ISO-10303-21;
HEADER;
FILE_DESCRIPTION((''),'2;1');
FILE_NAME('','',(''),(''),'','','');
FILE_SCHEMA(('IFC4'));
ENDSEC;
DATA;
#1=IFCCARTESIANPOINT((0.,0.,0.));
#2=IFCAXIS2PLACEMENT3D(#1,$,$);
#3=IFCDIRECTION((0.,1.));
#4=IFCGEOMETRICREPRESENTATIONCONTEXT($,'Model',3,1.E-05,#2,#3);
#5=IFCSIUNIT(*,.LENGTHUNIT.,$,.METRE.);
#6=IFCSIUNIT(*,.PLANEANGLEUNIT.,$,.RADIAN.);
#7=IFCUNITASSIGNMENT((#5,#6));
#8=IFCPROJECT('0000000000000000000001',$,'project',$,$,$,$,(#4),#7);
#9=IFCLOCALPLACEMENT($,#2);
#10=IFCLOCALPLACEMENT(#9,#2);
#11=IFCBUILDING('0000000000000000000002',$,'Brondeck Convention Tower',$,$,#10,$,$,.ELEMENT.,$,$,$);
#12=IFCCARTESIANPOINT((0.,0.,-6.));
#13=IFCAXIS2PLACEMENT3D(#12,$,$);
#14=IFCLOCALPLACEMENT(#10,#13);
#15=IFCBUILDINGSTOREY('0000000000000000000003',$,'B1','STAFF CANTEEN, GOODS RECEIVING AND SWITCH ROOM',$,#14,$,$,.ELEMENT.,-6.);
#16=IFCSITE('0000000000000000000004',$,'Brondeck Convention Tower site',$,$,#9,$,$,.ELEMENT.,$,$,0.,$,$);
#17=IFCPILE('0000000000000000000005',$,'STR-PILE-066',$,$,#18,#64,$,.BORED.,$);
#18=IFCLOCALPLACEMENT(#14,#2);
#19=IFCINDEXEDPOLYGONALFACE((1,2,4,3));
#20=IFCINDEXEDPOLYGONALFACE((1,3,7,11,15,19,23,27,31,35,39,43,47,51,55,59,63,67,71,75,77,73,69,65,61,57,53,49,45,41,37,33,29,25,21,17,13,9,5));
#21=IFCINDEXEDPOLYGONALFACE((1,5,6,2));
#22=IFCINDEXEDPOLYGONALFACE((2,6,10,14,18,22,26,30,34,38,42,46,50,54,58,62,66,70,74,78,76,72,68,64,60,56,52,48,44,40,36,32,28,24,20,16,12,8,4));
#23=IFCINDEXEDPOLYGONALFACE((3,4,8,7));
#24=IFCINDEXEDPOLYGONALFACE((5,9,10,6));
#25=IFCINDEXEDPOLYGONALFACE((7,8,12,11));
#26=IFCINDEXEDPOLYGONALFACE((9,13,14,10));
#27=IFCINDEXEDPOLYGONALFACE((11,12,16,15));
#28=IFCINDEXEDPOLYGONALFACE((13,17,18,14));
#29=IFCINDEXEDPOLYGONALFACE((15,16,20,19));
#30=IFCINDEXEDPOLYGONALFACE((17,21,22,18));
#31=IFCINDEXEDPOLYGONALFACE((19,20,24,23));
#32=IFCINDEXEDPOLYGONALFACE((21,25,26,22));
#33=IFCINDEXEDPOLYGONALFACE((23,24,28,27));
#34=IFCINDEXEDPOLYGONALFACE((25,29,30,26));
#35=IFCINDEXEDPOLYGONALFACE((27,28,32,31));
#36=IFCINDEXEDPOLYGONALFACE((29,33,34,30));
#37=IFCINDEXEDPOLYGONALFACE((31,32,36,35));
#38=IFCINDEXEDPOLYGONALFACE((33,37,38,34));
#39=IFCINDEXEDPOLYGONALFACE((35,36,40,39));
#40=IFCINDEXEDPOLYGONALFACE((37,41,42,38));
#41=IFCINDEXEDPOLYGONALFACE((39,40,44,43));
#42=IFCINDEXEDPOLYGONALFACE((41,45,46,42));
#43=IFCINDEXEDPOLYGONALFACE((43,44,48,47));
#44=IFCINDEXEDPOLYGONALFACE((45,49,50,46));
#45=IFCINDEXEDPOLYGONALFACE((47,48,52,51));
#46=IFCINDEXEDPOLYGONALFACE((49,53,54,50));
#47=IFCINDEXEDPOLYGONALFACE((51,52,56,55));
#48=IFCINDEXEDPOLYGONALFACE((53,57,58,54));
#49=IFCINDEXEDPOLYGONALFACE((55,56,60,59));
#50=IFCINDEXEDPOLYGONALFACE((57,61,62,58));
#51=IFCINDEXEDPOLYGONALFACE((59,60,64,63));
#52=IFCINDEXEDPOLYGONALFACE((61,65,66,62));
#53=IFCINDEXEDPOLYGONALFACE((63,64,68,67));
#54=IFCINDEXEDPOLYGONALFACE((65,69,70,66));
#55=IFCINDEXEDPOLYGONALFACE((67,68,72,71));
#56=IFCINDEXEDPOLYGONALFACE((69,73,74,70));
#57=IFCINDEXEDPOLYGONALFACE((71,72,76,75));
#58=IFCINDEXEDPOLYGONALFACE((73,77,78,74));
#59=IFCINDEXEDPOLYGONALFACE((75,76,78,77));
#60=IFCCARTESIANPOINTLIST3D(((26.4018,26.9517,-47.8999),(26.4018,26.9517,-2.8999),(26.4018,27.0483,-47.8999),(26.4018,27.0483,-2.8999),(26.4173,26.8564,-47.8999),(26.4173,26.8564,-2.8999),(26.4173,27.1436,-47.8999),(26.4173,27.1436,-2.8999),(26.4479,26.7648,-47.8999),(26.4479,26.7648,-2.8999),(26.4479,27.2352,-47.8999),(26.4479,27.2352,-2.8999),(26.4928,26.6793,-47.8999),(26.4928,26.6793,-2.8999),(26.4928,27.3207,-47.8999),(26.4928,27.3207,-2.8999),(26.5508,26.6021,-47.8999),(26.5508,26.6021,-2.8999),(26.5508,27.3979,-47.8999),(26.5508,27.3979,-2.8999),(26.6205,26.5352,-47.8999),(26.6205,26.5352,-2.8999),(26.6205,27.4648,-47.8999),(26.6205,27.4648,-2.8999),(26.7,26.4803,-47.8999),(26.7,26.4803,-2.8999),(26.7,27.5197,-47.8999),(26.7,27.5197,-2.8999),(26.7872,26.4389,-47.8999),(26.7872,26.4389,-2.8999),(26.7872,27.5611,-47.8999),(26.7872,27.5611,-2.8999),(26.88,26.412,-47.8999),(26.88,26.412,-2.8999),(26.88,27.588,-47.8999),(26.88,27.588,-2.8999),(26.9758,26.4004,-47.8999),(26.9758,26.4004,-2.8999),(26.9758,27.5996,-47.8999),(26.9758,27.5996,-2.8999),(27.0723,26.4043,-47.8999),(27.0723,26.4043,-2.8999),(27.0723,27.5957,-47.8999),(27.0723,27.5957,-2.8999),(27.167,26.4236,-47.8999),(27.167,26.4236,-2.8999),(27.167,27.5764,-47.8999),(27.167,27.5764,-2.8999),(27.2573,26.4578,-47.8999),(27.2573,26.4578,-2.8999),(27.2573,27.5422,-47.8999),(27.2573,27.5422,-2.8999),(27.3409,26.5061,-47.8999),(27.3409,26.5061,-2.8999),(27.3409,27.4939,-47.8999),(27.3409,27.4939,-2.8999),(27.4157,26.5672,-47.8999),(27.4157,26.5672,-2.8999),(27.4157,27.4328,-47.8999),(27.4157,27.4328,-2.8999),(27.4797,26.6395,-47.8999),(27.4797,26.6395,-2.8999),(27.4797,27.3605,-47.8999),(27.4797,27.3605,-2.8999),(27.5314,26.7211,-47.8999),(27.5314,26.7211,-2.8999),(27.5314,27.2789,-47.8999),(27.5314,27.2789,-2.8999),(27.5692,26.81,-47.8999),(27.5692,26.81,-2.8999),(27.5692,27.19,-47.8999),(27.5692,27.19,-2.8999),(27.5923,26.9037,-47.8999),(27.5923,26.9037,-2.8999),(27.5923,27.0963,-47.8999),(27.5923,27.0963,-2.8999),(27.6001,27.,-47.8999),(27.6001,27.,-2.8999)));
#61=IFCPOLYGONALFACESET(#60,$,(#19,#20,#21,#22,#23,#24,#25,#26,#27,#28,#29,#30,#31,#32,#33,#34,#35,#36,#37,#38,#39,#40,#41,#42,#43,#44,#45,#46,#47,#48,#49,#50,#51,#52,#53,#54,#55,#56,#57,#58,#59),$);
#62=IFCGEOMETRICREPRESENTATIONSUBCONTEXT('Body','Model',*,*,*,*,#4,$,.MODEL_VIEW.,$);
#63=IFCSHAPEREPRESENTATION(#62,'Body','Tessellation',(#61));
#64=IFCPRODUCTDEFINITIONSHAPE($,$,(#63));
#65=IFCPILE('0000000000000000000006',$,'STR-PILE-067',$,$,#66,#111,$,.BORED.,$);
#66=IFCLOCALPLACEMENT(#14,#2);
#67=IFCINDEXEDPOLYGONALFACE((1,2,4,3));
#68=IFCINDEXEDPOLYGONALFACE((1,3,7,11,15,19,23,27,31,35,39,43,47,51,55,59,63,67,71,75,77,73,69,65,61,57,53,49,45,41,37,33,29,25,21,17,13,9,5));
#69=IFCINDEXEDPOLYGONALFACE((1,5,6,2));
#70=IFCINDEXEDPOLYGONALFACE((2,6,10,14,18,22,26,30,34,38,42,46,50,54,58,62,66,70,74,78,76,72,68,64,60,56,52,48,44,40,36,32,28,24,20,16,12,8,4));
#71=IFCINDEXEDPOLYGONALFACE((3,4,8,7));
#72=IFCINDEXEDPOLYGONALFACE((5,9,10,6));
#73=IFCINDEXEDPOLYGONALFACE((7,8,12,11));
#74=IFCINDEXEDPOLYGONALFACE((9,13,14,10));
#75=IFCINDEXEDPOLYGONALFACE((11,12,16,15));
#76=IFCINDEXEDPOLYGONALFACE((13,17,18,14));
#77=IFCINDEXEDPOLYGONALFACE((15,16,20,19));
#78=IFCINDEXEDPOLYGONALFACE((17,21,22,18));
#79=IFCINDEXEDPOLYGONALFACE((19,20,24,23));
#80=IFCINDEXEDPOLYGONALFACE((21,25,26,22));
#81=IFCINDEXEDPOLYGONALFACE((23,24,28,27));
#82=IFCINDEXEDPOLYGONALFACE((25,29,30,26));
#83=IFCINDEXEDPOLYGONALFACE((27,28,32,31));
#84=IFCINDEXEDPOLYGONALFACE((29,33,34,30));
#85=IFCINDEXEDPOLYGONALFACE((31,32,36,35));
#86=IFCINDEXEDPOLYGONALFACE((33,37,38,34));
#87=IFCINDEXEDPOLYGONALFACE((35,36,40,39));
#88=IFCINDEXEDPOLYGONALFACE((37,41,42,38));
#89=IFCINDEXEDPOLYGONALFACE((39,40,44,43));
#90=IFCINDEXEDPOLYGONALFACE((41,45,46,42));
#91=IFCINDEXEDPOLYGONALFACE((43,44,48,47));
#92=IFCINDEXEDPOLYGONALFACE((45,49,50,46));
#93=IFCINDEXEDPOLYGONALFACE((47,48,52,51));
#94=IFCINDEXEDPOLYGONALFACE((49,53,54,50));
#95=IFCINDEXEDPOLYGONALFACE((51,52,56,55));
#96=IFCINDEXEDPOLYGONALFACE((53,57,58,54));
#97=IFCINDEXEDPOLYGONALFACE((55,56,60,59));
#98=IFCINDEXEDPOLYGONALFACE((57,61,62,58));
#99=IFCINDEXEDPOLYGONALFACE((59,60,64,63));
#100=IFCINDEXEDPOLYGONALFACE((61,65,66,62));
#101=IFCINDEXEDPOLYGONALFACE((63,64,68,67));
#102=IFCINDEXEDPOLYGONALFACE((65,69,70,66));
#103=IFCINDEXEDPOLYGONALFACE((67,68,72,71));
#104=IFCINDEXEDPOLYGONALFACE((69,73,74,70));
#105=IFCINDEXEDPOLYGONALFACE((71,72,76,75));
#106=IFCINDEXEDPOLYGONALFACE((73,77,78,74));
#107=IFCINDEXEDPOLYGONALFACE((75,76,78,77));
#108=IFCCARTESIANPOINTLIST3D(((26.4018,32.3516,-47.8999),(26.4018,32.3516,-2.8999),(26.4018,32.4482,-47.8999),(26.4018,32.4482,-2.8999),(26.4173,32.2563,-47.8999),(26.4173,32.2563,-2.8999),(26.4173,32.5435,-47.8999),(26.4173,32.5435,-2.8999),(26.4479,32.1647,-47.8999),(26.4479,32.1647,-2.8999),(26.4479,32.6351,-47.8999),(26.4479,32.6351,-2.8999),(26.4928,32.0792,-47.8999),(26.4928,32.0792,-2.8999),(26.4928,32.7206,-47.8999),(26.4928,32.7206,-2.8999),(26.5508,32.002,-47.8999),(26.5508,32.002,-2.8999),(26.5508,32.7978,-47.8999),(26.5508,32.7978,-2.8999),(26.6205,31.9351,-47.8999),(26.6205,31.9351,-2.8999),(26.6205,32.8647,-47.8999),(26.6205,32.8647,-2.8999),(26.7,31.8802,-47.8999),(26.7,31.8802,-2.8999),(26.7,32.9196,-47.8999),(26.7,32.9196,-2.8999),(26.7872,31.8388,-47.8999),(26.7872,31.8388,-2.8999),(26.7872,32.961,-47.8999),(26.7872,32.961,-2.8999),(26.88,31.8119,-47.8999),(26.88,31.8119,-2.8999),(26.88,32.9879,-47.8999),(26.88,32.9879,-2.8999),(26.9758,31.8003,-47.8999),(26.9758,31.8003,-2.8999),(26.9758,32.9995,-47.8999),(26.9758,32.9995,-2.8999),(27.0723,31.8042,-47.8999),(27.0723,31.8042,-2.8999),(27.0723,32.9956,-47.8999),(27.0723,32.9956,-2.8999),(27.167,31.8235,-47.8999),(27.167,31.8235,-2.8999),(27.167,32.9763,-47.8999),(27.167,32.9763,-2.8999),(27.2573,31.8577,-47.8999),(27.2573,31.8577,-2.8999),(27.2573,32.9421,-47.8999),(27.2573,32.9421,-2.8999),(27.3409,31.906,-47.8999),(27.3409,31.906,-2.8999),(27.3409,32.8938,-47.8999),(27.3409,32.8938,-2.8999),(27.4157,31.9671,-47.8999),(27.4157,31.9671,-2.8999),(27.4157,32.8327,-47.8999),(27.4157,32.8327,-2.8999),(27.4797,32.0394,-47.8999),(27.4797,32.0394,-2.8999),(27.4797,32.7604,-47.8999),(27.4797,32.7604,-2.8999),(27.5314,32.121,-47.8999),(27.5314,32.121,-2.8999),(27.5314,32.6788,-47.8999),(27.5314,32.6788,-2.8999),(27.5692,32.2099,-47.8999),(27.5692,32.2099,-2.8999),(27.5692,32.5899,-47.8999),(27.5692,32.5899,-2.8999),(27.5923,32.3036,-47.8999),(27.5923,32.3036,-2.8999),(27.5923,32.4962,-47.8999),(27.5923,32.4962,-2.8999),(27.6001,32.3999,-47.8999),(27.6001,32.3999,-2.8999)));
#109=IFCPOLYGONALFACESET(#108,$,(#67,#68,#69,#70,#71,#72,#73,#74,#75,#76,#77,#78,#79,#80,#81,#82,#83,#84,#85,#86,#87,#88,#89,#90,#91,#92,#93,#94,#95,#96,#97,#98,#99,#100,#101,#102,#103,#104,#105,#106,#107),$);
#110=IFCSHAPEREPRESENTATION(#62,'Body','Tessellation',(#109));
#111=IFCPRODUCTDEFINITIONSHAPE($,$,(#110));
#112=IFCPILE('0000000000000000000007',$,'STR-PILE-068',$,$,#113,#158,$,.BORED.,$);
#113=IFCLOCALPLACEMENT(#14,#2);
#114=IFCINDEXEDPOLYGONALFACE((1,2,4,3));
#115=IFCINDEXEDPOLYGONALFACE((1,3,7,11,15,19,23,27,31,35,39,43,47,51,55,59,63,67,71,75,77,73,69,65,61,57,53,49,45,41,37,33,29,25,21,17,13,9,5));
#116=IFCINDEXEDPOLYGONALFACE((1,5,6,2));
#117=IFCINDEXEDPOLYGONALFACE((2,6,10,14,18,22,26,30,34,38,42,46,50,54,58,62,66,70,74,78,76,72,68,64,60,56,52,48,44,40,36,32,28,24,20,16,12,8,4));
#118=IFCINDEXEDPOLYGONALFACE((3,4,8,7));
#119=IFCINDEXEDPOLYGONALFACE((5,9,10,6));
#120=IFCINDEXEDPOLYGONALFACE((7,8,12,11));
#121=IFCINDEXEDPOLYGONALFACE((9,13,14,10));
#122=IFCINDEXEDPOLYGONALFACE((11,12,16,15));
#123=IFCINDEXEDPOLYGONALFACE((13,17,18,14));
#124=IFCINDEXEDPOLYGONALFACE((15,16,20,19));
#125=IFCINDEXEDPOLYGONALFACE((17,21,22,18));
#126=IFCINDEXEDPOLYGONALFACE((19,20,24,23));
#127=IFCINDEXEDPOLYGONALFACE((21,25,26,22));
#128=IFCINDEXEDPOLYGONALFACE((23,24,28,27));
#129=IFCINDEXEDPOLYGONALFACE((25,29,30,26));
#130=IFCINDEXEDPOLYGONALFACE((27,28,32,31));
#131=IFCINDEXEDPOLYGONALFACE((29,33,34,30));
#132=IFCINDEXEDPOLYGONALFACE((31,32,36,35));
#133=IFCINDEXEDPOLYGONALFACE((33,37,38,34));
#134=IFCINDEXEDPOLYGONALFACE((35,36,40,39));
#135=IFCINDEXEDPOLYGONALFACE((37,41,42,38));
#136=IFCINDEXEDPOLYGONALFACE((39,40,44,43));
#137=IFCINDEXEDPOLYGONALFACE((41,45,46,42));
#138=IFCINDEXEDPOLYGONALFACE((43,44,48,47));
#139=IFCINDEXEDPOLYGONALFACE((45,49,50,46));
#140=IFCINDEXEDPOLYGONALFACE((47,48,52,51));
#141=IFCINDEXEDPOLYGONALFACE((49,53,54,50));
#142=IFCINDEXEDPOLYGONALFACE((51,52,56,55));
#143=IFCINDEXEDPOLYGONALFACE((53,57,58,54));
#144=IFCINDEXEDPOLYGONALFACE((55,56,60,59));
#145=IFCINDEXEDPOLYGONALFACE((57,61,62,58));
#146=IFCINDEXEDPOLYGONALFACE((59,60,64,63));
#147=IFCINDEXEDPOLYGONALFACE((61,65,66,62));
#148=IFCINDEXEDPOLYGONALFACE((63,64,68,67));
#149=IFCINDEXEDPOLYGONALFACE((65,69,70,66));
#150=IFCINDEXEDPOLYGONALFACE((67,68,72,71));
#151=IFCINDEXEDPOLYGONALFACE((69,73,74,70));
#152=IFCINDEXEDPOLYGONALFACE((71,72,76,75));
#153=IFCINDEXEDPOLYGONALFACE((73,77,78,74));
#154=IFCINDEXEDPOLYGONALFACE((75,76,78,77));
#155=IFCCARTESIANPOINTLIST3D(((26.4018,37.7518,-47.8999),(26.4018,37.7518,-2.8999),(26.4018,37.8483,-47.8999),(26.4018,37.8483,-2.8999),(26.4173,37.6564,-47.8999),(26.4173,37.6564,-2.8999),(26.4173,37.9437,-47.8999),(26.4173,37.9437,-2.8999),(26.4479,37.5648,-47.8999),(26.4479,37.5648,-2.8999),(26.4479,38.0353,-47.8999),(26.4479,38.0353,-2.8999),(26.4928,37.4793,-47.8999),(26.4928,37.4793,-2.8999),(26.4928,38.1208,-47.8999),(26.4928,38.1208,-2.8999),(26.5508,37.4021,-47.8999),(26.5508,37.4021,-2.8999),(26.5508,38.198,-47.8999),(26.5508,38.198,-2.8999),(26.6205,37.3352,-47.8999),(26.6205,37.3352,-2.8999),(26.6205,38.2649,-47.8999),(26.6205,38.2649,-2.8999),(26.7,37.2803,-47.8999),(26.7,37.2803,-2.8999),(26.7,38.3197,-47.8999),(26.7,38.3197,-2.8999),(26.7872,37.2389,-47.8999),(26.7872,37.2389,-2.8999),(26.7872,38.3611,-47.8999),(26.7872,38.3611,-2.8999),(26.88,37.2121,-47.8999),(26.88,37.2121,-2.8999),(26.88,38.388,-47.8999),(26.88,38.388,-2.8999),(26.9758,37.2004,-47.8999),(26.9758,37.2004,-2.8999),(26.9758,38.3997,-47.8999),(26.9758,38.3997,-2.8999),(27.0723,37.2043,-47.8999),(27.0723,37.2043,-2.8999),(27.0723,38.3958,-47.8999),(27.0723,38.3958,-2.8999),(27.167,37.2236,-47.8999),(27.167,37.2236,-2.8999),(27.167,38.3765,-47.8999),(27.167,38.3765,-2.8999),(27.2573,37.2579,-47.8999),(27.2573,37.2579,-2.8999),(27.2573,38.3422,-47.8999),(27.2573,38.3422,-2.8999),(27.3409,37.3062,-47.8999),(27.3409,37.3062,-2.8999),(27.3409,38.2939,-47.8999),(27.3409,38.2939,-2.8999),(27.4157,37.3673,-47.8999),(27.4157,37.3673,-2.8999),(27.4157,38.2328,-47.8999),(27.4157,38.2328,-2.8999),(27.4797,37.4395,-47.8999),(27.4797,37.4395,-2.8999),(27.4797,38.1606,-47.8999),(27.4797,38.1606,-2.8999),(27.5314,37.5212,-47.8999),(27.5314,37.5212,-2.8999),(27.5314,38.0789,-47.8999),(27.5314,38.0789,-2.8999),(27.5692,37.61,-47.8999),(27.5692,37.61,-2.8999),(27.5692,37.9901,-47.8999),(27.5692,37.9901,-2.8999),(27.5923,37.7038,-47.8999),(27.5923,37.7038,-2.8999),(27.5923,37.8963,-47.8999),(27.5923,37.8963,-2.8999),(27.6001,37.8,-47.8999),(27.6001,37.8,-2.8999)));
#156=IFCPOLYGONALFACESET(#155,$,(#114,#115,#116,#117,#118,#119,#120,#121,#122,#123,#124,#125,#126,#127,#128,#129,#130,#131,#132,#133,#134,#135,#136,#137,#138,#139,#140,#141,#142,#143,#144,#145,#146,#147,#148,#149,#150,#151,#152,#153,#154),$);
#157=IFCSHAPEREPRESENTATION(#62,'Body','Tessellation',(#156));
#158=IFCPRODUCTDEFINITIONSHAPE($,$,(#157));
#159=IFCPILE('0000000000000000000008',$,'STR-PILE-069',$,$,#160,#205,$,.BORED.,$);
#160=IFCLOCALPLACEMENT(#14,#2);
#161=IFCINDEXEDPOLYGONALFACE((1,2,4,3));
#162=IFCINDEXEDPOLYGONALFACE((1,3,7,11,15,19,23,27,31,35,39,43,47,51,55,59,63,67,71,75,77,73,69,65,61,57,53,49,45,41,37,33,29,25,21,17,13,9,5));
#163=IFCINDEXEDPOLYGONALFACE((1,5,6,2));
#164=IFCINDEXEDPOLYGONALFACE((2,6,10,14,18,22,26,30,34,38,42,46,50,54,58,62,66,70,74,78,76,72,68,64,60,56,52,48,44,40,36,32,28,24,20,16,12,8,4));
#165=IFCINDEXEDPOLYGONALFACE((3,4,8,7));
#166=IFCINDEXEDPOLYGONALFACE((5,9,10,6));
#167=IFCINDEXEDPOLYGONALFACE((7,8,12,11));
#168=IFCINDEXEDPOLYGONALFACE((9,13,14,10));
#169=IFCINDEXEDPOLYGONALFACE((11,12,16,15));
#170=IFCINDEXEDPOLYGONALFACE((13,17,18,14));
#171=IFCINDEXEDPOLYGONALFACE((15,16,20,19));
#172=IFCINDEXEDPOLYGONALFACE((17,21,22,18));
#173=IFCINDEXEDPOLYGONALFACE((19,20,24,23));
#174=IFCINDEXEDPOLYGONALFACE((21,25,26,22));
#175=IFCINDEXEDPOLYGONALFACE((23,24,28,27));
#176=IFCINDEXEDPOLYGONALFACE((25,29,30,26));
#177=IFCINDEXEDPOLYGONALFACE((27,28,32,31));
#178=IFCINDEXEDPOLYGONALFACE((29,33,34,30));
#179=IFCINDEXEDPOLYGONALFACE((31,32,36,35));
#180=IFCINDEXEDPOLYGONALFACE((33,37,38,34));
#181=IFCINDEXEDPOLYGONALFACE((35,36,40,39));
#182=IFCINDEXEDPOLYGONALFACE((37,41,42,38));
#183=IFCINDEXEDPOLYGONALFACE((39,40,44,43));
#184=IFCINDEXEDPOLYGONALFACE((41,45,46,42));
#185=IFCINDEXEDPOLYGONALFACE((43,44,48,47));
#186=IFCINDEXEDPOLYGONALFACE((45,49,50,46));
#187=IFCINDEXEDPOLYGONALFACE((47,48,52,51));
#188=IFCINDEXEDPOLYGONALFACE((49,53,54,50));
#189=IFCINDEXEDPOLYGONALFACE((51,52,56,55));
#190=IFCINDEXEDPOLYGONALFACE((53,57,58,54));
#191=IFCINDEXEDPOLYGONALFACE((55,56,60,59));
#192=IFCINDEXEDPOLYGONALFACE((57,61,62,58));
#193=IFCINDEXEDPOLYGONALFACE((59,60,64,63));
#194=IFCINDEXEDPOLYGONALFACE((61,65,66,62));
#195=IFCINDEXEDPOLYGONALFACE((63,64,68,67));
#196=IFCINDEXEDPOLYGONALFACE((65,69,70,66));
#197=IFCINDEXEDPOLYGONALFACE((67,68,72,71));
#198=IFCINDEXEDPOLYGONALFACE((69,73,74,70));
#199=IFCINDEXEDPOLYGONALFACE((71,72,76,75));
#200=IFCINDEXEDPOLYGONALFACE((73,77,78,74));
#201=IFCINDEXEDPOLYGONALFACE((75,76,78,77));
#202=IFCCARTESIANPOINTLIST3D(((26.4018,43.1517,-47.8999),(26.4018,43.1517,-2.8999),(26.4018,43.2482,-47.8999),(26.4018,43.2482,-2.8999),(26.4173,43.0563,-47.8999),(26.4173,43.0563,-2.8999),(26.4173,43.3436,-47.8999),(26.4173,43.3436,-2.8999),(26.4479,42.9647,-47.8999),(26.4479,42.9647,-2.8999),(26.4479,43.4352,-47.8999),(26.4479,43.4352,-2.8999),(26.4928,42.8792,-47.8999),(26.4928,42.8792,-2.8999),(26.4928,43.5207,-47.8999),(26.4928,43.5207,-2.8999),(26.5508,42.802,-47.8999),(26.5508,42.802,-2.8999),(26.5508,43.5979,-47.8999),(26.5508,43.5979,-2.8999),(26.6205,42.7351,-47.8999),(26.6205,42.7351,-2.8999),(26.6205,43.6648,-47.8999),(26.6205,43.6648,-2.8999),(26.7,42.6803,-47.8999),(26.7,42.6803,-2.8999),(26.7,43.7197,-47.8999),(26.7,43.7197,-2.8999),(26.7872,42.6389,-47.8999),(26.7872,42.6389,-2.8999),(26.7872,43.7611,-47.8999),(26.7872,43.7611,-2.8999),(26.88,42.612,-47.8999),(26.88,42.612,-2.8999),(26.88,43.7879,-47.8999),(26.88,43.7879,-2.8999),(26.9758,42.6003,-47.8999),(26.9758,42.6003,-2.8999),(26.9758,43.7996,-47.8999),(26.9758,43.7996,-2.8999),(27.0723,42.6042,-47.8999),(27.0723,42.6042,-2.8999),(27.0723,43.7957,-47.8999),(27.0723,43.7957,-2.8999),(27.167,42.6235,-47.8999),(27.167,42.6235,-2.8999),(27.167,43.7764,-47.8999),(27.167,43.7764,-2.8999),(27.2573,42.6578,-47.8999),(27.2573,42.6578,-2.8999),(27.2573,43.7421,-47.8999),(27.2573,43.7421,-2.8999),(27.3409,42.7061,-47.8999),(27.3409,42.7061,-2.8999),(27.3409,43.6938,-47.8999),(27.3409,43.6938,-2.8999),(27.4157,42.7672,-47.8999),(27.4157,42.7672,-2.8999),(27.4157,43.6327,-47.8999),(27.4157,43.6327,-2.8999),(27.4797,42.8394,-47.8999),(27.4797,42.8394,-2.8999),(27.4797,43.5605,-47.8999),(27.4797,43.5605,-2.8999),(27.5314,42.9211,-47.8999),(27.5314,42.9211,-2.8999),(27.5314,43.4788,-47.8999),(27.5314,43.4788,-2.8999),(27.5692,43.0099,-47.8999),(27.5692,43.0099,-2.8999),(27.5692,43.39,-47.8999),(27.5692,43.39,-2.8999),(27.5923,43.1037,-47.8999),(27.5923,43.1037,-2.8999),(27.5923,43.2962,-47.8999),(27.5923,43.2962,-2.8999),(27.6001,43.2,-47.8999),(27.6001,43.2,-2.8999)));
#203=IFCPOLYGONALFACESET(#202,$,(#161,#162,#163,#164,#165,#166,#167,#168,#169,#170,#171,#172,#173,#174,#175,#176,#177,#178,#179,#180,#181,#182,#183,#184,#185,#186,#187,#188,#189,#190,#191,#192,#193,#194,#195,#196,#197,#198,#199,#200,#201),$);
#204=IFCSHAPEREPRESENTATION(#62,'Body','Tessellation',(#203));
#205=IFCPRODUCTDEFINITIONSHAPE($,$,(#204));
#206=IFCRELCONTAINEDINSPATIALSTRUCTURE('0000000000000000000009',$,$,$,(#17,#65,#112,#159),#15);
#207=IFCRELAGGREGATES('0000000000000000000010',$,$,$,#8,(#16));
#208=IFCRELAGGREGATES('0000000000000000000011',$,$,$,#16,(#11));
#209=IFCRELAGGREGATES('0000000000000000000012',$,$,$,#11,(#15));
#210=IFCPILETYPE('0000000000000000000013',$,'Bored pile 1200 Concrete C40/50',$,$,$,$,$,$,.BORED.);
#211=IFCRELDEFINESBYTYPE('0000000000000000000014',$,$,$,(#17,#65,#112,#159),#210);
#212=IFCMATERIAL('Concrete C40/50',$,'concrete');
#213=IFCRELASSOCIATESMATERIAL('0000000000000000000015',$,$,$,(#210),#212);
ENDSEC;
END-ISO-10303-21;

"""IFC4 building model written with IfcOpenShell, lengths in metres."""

from ifc_helpers import new_model, si_unit, direction, frame, origin, origin_2d, place, context, subcontext, project, spatial, circle, extrude, material, material_profile, profile_set, type_object, element, save


model = new_model("IFC4")

# Units and contexts
model_context = context("Model", 3, precision=1e-05, world=origin(), true_north=direction((0.0, 1.0)))
body_context = subcontext(model_context, "Body", "Model", "MODEL_VIEW")
ifc_project = project(units=[si_unit("LENGTHUNIT", "METRE"), si_unit("PLANEANGLEUNIT", "RADIAN")], contexts=[model_context])

# Site, building, storey
site_placement = place(None, origin())
site = spatial("IfcSite", under=ifc_project, at=site_placement, Name="Brondeck Convention Tower site", CompositionType="ELEMENT", RefElevation=0.0)
building_placement = place(site_placement, origin())
building = spatial("IfcBuilding", under=site, at=building_placement, Name="Brondeck Convention Tower", CompositionType="ELEMENT")
storey_placement = place(building_placement, frame((0.0, 0.0, -6.0)))
storey = spatial("IfcBuildingStorey", under=building, at=storey_placement, Name="B1", Description="STAFF CANTEEN, GOODS RECEIVING AND SWITCH ROOM", CompositionType="ELEMENT", Elevation=-6.0)

# Piles
ifc_material_1 = material(Name="Concrete C40/50", Category="concrete")
ifc_material_profile_1 = material_profile(ifc_material_1, circle(Radius=0.6001, at=origin_2d()), Name="Bored pile 1200 Concrete C40/50")
ifc_profile_set_1 = profile_set([ifc_material_profile_1], Name="Concrete C40/50")
pile_type = type_object("IfcPileType", Name="Bored pile 1200 Concrete C40/50", PredefinedType="BORED", material=ifc_profile_set_1)
for number, where, z_axis, x_axis, name in (
    (1, (27.0, 27.0, -2.8999), (0.0, 0.0, -1.0), (1.0, 0.0, 0.0), "STR-PILE-066"),
    (2, (27.0, 32.3999, -2.8999), (0.0, 0.0, -1.0), (1.0, 0.0, 0.0), "STR-PILE-067"),
    (3, (27.0, 37.8, -2.8999), (0.0, 0.0, -1.0), (1.0, 0.0, 0.0), "STR-PILE-068"),
    (4, (27.0, 43.2, -2.8999), (0.0, 0.0, -1.0), (1.0, 0.0, 0.0), "STR-PILE-069"),
):
    element("IfcPile", number, at=place(storey_placement, frame(where, z_axis=z_axis, x_axis=x_axis)), inside=storey, type_object=pile_type, Name=name, PredefinedType="BORED", context=body_context, shape_type="SweptSolid", body=[
        extrude(circle(Radius=0.6001, at=origin_2d()), origin(), (0.0, 0.0, 1.0), 45.0),
    ])

save(model, "model.ifc")
